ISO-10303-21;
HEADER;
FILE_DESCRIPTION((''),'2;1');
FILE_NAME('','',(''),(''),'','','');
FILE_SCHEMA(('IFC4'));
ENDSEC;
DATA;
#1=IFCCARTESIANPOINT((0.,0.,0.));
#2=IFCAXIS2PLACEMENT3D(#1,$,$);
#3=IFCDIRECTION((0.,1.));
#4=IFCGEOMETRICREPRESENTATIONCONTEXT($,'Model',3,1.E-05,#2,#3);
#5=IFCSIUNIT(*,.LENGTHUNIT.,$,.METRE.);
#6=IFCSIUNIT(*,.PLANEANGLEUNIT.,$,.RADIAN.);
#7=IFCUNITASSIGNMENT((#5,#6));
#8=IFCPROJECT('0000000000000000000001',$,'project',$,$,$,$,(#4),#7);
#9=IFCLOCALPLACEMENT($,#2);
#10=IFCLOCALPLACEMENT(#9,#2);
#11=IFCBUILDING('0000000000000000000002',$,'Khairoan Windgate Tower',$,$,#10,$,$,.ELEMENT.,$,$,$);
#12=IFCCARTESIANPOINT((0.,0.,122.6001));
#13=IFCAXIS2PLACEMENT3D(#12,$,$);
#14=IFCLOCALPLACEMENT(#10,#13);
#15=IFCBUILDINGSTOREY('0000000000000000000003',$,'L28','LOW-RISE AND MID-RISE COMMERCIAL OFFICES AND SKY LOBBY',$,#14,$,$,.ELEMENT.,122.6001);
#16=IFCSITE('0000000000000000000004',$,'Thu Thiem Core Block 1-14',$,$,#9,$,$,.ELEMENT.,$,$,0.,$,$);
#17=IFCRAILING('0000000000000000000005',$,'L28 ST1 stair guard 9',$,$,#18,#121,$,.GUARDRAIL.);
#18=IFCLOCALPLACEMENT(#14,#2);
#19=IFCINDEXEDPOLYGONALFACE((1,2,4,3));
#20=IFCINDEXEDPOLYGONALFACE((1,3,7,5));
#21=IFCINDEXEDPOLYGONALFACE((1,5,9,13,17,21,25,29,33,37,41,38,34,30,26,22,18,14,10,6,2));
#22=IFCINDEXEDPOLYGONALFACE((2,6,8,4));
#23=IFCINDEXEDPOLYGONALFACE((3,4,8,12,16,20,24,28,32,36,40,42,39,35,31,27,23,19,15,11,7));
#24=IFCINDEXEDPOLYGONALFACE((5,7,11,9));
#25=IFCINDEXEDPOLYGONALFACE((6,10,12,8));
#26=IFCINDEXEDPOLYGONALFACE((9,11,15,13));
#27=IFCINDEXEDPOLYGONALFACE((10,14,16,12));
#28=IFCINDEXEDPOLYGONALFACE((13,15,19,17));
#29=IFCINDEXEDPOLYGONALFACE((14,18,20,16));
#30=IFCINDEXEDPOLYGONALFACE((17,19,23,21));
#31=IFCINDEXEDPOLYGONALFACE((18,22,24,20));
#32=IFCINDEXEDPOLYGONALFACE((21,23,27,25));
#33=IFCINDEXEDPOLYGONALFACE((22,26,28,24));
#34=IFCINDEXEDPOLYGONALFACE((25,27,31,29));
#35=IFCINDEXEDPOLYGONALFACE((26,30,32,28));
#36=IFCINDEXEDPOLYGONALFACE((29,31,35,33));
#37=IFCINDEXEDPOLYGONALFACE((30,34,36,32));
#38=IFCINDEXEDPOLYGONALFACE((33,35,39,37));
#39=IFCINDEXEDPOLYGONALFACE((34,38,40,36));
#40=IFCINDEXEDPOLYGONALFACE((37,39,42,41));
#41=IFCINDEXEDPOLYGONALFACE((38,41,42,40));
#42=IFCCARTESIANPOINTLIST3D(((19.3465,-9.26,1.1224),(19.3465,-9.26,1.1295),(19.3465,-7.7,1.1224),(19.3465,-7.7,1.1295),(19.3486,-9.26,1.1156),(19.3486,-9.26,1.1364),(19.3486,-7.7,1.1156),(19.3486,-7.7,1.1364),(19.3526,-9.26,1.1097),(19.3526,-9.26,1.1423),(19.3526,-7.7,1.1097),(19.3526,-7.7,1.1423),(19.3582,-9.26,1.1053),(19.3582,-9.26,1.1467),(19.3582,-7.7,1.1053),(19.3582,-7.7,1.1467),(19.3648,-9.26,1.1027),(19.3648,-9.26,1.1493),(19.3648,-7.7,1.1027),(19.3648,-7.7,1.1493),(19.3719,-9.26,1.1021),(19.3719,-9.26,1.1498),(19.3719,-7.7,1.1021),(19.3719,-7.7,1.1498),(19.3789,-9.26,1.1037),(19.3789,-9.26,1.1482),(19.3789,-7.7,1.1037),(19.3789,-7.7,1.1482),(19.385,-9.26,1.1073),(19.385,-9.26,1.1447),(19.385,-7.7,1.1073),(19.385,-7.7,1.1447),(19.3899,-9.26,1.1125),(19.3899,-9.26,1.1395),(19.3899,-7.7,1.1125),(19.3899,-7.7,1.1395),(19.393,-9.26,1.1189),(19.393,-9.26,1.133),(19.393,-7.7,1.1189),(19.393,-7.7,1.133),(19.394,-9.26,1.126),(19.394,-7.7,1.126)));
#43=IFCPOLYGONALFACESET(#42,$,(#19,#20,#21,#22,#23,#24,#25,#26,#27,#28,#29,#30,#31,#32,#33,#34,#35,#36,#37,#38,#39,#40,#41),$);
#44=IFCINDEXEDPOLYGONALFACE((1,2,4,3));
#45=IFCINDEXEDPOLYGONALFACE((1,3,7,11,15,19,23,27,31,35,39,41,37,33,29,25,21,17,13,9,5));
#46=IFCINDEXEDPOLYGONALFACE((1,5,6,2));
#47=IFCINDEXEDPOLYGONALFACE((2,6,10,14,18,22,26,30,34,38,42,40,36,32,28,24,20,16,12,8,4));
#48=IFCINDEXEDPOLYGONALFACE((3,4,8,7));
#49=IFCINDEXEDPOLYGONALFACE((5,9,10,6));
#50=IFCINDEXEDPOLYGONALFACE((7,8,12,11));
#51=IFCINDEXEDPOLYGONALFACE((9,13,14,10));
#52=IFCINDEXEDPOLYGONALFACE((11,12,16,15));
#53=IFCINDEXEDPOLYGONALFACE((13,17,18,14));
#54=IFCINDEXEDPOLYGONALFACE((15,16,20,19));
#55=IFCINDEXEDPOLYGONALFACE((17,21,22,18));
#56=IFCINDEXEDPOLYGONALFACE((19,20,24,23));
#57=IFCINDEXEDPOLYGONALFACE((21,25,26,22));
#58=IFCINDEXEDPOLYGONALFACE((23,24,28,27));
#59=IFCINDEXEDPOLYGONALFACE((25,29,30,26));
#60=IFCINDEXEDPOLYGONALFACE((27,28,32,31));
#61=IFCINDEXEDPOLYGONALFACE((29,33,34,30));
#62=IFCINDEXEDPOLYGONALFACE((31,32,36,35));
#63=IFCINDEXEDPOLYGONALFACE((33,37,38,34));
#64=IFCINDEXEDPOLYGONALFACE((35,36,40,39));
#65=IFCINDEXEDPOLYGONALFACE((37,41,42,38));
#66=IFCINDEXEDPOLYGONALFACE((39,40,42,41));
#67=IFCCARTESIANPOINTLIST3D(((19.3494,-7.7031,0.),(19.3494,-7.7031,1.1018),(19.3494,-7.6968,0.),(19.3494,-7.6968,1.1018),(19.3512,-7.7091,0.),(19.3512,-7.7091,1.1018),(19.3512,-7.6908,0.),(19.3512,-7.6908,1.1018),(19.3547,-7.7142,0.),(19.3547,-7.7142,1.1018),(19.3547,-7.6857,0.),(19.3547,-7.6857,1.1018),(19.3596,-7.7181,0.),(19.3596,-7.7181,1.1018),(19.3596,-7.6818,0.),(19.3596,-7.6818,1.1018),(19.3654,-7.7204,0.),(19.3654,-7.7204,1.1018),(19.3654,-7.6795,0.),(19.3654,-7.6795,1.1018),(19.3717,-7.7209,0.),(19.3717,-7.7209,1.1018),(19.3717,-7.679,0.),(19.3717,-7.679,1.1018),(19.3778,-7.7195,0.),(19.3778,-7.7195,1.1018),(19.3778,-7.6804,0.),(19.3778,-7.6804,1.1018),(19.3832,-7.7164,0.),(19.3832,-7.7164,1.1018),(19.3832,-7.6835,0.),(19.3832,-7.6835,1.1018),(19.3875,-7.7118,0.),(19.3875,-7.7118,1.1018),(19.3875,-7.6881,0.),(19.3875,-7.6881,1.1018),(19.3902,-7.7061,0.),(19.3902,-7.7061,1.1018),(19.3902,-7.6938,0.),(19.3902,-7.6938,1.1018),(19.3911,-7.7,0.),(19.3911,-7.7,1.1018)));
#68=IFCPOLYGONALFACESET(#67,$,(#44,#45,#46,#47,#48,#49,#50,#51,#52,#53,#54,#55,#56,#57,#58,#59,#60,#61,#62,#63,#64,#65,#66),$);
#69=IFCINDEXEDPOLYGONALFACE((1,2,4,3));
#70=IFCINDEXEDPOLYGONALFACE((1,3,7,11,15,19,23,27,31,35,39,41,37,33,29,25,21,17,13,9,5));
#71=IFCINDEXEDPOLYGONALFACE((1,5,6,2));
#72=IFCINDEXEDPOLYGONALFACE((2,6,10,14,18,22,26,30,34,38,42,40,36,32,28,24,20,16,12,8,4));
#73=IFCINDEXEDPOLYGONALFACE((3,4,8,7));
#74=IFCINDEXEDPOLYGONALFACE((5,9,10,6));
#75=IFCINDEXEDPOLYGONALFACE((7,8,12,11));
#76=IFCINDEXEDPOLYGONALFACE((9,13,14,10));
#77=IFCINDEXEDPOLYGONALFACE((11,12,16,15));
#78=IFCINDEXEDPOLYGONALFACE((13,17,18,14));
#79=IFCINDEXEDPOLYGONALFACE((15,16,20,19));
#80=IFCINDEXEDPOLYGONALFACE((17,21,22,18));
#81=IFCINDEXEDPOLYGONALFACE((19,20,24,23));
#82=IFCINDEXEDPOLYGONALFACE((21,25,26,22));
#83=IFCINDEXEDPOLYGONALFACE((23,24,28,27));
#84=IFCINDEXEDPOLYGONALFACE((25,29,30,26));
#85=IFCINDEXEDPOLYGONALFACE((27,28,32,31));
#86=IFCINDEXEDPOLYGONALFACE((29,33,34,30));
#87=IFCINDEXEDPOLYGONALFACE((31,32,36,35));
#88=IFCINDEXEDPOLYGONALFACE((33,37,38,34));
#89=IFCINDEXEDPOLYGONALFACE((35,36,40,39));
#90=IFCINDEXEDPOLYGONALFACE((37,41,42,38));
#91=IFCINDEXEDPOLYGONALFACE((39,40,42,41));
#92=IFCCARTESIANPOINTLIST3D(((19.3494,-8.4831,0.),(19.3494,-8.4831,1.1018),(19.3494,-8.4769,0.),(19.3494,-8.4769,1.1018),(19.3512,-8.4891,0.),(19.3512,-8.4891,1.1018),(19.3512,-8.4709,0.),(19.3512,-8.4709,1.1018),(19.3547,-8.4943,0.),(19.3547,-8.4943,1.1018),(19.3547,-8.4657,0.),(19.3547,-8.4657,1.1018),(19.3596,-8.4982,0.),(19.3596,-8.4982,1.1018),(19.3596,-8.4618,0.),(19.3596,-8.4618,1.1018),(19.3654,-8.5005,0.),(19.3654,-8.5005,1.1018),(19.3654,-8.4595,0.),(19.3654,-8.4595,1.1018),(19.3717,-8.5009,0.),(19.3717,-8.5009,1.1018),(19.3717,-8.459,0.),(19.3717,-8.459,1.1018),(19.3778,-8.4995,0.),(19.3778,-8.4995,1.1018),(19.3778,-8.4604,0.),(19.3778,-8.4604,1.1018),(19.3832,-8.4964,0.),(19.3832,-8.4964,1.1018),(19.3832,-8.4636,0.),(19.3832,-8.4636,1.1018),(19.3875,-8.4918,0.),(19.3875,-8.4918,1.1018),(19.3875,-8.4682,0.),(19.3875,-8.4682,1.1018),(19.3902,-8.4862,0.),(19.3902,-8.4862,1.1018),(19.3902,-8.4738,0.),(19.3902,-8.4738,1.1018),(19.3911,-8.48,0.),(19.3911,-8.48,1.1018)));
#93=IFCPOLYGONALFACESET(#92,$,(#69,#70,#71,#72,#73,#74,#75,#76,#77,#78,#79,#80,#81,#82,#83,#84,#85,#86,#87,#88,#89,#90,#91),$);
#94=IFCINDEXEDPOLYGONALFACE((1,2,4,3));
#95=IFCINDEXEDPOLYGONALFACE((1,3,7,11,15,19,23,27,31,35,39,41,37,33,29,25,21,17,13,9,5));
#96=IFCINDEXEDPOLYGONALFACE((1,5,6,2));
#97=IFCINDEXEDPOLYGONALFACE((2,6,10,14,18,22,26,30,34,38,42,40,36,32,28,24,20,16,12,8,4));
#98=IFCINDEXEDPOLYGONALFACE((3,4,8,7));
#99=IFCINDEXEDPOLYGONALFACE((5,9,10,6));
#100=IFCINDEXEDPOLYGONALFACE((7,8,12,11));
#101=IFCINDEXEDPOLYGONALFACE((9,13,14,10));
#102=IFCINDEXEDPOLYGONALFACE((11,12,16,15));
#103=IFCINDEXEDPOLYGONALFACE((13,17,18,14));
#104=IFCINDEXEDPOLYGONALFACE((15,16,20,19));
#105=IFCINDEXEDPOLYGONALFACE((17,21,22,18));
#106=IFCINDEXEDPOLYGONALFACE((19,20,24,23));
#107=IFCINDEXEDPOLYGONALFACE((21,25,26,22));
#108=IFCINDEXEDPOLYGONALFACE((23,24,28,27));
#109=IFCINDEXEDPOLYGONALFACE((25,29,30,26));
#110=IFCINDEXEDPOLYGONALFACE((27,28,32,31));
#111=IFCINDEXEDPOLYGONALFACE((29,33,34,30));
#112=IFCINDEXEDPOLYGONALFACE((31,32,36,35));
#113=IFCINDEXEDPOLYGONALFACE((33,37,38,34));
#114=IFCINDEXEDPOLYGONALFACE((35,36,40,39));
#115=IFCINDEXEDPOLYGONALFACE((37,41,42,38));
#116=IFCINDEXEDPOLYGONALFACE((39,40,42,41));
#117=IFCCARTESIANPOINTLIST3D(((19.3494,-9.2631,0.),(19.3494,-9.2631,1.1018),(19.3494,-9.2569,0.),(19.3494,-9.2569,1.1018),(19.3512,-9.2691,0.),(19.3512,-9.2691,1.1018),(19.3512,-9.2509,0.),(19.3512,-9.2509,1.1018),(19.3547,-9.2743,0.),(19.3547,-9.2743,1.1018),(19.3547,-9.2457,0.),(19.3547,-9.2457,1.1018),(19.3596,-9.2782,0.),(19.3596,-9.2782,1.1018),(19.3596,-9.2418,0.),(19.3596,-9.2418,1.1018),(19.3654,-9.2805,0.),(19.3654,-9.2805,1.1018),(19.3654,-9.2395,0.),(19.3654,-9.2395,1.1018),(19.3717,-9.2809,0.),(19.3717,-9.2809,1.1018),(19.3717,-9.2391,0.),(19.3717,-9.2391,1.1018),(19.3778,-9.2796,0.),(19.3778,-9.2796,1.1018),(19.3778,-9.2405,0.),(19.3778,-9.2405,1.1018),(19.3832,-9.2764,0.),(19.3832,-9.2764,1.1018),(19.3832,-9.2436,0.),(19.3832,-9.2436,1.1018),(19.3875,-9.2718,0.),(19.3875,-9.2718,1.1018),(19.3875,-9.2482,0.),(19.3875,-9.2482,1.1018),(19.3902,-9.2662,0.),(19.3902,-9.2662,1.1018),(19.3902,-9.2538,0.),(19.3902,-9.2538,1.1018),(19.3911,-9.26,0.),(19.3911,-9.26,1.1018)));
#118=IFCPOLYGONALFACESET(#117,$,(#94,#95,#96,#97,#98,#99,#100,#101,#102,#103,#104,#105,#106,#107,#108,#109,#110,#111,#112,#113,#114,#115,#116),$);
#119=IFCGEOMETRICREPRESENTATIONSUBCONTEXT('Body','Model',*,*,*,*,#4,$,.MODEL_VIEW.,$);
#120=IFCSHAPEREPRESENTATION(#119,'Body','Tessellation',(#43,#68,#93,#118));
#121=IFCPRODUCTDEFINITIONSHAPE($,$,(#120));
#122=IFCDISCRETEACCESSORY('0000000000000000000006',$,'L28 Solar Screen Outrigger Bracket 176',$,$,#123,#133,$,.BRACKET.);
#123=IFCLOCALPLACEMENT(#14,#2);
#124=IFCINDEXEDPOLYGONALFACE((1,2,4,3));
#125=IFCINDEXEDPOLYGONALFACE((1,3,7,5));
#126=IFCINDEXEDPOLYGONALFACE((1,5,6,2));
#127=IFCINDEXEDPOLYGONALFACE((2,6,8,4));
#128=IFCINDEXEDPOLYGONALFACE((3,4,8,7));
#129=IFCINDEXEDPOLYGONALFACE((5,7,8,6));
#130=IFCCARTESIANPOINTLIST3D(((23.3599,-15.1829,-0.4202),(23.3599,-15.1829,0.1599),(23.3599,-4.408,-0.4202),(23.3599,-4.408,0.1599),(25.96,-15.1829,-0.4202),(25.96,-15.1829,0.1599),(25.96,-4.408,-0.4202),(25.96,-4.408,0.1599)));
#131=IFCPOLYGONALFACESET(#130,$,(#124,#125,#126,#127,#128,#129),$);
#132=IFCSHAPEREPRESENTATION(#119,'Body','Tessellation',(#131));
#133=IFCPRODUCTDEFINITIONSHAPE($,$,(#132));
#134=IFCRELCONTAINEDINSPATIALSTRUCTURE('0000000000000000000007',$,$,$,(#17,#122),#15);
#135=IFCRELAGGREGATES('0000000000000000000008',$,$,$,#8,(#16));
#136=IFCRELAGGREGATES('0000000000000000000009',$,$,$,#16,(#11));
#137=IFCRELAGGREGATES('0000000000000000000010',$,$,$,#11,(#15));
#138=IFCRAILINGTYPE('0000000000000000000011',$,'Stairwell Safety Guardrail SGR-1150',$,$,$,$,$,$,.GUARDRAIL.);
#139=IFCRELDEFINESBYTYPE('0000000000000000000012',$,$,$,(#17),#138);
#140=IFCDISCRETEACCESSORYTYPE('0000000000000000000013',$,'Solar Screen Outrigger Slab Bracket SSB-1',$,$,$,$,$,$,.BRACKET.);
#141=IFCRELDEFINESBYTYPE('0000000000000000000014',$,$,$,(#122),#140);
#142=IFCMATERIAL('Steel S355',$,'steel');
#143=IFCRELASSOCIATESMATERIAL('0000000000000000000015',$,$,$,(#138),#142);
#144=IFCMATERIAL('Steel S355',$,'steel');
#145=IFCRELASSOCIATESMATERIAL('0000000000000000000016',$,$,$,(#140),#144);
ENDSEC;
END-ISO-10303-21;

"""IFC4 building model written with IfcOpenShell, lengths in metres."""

from ifc_helpers import new_model, si_unit, direction, frame, origin, origin_2d, place, context, subcontext, project, spatial, rectangle, circle, extrude, material, type_object, element, save


model = new_model("IFC4")

# Units and contexts
model_context = context("Model", 3, precision=1e-05, world=origin(), true_north=direction((0.0, 1.0)))
body_context = subcontext(model_context, "Body", "Model", "MODEL_VIEW")
ifc_project = project(units=[si_unit("LENGTHUNIT", "METRE"), si_unit("PLANEANGLEUNIT", "RADIAN")], contexts=[model_context])

# Site, building, storey
site_placement = place(None, origin())
site = spatial("IfcSite", under=ifc_project, at=site_placement, Name="Thu Thiem Core Block 1-14", CompositionType="ELEMENT", RefElevation=0.0)
building_placement = place(site_placement, origin())
building = spatial("IfcBuilding", under=site, at=building_placement, Name="Khairoan Windgate Tower", CompositionType="ELEMENT")
storey_placement = place(building_placement, frame((0.0, 0.0, 122.6001)))
storey = spatial("IfcBuildingStorey", under=building, at=storey_placement, Name="L28", Description="LOW-RISE AND MID-RISE COMMERCIAL OFFICES AND SKY LOBBY", CompositionType="ELEMENT", Elevation=122.6001)

# Railing
ifc_material_1 = material(Name="Steel S355", Category="steel")
railing_type_1 = type_object("IfcRailingType", Name="Stairwell Safety Guardrail SGR-1150", PredefinedType="GUARDRAIL", material=ifc_material_1)
for number, where, name in (
    (1, (19.3701, -7.7, 0.0), "L28 ST1 stair guard 9"),
):
    element("IfcRailing", number, at=place(storey_placement, frame(where)), inside=storey, type_object=railing_type_1, Name=name, PredefinedType="GUARDRAIL", context=body_context, shape_type="SweptSolid", body=[
        extrude(circle(Radius=0.0239, at=origin_2d()), frame((0.0, 0.0, 1.126), z_axis=(0.0, -1.0, 0.0), x_axis=(1.0, 0.0, 0.0)), (0.0, 0.0, 1.0), 1.5601),
        extrude(circle(Radius=0.021, at=origin_2d()), origin(), (0.0, 0.0, 1.0), 1.1018),
        extrude(circle(Radius=0.021, at=origin_2d()), frame((0.0, -0.78, 0.0)), (0.0, 0.0, 1.0), 1.1018),
        extrude(circle(Radius=0.021, at=origin_2d()), frame((0.0, -1.5601, 0.0)), (0.0, 0.0, 1.0), 1.1018),
    ])

# Discrete accessory
ifc_material_2 = material(Name="Steel S355", Category="steel")
discrete_accessory_type = type_object("IfcDiscreteAccessoryType", Name="Solar Screen Outrigger Slab Bracket SSB-1", PredefinedType="BRACKET", material=ifc_material_2)
discrete_accessory_placement = place(storey_placement, frame((24.6599, -9.7954, -0.4202), z_axis=(0.0, 0.0, 1.0), x_axis=(0.0, -1.0, 0.0)))
element("IfcDiscreteAccessory", 2, at=discrete_accessory_placement, inside=storey, type_object=discrete_accessory_type, Name="L28 Solar Screen Outrigger Bracket 176", PredefinedType="BRACKET", context=body_context, shape_type="SweptSolid", body=[
    extrude(rectangle(XDim=10.7749, YDim=2.6001, at=origin_2d()), origin(), (0.0, 0.0, 1.0), 0.5801),
])

save(model, "model.ifc")
